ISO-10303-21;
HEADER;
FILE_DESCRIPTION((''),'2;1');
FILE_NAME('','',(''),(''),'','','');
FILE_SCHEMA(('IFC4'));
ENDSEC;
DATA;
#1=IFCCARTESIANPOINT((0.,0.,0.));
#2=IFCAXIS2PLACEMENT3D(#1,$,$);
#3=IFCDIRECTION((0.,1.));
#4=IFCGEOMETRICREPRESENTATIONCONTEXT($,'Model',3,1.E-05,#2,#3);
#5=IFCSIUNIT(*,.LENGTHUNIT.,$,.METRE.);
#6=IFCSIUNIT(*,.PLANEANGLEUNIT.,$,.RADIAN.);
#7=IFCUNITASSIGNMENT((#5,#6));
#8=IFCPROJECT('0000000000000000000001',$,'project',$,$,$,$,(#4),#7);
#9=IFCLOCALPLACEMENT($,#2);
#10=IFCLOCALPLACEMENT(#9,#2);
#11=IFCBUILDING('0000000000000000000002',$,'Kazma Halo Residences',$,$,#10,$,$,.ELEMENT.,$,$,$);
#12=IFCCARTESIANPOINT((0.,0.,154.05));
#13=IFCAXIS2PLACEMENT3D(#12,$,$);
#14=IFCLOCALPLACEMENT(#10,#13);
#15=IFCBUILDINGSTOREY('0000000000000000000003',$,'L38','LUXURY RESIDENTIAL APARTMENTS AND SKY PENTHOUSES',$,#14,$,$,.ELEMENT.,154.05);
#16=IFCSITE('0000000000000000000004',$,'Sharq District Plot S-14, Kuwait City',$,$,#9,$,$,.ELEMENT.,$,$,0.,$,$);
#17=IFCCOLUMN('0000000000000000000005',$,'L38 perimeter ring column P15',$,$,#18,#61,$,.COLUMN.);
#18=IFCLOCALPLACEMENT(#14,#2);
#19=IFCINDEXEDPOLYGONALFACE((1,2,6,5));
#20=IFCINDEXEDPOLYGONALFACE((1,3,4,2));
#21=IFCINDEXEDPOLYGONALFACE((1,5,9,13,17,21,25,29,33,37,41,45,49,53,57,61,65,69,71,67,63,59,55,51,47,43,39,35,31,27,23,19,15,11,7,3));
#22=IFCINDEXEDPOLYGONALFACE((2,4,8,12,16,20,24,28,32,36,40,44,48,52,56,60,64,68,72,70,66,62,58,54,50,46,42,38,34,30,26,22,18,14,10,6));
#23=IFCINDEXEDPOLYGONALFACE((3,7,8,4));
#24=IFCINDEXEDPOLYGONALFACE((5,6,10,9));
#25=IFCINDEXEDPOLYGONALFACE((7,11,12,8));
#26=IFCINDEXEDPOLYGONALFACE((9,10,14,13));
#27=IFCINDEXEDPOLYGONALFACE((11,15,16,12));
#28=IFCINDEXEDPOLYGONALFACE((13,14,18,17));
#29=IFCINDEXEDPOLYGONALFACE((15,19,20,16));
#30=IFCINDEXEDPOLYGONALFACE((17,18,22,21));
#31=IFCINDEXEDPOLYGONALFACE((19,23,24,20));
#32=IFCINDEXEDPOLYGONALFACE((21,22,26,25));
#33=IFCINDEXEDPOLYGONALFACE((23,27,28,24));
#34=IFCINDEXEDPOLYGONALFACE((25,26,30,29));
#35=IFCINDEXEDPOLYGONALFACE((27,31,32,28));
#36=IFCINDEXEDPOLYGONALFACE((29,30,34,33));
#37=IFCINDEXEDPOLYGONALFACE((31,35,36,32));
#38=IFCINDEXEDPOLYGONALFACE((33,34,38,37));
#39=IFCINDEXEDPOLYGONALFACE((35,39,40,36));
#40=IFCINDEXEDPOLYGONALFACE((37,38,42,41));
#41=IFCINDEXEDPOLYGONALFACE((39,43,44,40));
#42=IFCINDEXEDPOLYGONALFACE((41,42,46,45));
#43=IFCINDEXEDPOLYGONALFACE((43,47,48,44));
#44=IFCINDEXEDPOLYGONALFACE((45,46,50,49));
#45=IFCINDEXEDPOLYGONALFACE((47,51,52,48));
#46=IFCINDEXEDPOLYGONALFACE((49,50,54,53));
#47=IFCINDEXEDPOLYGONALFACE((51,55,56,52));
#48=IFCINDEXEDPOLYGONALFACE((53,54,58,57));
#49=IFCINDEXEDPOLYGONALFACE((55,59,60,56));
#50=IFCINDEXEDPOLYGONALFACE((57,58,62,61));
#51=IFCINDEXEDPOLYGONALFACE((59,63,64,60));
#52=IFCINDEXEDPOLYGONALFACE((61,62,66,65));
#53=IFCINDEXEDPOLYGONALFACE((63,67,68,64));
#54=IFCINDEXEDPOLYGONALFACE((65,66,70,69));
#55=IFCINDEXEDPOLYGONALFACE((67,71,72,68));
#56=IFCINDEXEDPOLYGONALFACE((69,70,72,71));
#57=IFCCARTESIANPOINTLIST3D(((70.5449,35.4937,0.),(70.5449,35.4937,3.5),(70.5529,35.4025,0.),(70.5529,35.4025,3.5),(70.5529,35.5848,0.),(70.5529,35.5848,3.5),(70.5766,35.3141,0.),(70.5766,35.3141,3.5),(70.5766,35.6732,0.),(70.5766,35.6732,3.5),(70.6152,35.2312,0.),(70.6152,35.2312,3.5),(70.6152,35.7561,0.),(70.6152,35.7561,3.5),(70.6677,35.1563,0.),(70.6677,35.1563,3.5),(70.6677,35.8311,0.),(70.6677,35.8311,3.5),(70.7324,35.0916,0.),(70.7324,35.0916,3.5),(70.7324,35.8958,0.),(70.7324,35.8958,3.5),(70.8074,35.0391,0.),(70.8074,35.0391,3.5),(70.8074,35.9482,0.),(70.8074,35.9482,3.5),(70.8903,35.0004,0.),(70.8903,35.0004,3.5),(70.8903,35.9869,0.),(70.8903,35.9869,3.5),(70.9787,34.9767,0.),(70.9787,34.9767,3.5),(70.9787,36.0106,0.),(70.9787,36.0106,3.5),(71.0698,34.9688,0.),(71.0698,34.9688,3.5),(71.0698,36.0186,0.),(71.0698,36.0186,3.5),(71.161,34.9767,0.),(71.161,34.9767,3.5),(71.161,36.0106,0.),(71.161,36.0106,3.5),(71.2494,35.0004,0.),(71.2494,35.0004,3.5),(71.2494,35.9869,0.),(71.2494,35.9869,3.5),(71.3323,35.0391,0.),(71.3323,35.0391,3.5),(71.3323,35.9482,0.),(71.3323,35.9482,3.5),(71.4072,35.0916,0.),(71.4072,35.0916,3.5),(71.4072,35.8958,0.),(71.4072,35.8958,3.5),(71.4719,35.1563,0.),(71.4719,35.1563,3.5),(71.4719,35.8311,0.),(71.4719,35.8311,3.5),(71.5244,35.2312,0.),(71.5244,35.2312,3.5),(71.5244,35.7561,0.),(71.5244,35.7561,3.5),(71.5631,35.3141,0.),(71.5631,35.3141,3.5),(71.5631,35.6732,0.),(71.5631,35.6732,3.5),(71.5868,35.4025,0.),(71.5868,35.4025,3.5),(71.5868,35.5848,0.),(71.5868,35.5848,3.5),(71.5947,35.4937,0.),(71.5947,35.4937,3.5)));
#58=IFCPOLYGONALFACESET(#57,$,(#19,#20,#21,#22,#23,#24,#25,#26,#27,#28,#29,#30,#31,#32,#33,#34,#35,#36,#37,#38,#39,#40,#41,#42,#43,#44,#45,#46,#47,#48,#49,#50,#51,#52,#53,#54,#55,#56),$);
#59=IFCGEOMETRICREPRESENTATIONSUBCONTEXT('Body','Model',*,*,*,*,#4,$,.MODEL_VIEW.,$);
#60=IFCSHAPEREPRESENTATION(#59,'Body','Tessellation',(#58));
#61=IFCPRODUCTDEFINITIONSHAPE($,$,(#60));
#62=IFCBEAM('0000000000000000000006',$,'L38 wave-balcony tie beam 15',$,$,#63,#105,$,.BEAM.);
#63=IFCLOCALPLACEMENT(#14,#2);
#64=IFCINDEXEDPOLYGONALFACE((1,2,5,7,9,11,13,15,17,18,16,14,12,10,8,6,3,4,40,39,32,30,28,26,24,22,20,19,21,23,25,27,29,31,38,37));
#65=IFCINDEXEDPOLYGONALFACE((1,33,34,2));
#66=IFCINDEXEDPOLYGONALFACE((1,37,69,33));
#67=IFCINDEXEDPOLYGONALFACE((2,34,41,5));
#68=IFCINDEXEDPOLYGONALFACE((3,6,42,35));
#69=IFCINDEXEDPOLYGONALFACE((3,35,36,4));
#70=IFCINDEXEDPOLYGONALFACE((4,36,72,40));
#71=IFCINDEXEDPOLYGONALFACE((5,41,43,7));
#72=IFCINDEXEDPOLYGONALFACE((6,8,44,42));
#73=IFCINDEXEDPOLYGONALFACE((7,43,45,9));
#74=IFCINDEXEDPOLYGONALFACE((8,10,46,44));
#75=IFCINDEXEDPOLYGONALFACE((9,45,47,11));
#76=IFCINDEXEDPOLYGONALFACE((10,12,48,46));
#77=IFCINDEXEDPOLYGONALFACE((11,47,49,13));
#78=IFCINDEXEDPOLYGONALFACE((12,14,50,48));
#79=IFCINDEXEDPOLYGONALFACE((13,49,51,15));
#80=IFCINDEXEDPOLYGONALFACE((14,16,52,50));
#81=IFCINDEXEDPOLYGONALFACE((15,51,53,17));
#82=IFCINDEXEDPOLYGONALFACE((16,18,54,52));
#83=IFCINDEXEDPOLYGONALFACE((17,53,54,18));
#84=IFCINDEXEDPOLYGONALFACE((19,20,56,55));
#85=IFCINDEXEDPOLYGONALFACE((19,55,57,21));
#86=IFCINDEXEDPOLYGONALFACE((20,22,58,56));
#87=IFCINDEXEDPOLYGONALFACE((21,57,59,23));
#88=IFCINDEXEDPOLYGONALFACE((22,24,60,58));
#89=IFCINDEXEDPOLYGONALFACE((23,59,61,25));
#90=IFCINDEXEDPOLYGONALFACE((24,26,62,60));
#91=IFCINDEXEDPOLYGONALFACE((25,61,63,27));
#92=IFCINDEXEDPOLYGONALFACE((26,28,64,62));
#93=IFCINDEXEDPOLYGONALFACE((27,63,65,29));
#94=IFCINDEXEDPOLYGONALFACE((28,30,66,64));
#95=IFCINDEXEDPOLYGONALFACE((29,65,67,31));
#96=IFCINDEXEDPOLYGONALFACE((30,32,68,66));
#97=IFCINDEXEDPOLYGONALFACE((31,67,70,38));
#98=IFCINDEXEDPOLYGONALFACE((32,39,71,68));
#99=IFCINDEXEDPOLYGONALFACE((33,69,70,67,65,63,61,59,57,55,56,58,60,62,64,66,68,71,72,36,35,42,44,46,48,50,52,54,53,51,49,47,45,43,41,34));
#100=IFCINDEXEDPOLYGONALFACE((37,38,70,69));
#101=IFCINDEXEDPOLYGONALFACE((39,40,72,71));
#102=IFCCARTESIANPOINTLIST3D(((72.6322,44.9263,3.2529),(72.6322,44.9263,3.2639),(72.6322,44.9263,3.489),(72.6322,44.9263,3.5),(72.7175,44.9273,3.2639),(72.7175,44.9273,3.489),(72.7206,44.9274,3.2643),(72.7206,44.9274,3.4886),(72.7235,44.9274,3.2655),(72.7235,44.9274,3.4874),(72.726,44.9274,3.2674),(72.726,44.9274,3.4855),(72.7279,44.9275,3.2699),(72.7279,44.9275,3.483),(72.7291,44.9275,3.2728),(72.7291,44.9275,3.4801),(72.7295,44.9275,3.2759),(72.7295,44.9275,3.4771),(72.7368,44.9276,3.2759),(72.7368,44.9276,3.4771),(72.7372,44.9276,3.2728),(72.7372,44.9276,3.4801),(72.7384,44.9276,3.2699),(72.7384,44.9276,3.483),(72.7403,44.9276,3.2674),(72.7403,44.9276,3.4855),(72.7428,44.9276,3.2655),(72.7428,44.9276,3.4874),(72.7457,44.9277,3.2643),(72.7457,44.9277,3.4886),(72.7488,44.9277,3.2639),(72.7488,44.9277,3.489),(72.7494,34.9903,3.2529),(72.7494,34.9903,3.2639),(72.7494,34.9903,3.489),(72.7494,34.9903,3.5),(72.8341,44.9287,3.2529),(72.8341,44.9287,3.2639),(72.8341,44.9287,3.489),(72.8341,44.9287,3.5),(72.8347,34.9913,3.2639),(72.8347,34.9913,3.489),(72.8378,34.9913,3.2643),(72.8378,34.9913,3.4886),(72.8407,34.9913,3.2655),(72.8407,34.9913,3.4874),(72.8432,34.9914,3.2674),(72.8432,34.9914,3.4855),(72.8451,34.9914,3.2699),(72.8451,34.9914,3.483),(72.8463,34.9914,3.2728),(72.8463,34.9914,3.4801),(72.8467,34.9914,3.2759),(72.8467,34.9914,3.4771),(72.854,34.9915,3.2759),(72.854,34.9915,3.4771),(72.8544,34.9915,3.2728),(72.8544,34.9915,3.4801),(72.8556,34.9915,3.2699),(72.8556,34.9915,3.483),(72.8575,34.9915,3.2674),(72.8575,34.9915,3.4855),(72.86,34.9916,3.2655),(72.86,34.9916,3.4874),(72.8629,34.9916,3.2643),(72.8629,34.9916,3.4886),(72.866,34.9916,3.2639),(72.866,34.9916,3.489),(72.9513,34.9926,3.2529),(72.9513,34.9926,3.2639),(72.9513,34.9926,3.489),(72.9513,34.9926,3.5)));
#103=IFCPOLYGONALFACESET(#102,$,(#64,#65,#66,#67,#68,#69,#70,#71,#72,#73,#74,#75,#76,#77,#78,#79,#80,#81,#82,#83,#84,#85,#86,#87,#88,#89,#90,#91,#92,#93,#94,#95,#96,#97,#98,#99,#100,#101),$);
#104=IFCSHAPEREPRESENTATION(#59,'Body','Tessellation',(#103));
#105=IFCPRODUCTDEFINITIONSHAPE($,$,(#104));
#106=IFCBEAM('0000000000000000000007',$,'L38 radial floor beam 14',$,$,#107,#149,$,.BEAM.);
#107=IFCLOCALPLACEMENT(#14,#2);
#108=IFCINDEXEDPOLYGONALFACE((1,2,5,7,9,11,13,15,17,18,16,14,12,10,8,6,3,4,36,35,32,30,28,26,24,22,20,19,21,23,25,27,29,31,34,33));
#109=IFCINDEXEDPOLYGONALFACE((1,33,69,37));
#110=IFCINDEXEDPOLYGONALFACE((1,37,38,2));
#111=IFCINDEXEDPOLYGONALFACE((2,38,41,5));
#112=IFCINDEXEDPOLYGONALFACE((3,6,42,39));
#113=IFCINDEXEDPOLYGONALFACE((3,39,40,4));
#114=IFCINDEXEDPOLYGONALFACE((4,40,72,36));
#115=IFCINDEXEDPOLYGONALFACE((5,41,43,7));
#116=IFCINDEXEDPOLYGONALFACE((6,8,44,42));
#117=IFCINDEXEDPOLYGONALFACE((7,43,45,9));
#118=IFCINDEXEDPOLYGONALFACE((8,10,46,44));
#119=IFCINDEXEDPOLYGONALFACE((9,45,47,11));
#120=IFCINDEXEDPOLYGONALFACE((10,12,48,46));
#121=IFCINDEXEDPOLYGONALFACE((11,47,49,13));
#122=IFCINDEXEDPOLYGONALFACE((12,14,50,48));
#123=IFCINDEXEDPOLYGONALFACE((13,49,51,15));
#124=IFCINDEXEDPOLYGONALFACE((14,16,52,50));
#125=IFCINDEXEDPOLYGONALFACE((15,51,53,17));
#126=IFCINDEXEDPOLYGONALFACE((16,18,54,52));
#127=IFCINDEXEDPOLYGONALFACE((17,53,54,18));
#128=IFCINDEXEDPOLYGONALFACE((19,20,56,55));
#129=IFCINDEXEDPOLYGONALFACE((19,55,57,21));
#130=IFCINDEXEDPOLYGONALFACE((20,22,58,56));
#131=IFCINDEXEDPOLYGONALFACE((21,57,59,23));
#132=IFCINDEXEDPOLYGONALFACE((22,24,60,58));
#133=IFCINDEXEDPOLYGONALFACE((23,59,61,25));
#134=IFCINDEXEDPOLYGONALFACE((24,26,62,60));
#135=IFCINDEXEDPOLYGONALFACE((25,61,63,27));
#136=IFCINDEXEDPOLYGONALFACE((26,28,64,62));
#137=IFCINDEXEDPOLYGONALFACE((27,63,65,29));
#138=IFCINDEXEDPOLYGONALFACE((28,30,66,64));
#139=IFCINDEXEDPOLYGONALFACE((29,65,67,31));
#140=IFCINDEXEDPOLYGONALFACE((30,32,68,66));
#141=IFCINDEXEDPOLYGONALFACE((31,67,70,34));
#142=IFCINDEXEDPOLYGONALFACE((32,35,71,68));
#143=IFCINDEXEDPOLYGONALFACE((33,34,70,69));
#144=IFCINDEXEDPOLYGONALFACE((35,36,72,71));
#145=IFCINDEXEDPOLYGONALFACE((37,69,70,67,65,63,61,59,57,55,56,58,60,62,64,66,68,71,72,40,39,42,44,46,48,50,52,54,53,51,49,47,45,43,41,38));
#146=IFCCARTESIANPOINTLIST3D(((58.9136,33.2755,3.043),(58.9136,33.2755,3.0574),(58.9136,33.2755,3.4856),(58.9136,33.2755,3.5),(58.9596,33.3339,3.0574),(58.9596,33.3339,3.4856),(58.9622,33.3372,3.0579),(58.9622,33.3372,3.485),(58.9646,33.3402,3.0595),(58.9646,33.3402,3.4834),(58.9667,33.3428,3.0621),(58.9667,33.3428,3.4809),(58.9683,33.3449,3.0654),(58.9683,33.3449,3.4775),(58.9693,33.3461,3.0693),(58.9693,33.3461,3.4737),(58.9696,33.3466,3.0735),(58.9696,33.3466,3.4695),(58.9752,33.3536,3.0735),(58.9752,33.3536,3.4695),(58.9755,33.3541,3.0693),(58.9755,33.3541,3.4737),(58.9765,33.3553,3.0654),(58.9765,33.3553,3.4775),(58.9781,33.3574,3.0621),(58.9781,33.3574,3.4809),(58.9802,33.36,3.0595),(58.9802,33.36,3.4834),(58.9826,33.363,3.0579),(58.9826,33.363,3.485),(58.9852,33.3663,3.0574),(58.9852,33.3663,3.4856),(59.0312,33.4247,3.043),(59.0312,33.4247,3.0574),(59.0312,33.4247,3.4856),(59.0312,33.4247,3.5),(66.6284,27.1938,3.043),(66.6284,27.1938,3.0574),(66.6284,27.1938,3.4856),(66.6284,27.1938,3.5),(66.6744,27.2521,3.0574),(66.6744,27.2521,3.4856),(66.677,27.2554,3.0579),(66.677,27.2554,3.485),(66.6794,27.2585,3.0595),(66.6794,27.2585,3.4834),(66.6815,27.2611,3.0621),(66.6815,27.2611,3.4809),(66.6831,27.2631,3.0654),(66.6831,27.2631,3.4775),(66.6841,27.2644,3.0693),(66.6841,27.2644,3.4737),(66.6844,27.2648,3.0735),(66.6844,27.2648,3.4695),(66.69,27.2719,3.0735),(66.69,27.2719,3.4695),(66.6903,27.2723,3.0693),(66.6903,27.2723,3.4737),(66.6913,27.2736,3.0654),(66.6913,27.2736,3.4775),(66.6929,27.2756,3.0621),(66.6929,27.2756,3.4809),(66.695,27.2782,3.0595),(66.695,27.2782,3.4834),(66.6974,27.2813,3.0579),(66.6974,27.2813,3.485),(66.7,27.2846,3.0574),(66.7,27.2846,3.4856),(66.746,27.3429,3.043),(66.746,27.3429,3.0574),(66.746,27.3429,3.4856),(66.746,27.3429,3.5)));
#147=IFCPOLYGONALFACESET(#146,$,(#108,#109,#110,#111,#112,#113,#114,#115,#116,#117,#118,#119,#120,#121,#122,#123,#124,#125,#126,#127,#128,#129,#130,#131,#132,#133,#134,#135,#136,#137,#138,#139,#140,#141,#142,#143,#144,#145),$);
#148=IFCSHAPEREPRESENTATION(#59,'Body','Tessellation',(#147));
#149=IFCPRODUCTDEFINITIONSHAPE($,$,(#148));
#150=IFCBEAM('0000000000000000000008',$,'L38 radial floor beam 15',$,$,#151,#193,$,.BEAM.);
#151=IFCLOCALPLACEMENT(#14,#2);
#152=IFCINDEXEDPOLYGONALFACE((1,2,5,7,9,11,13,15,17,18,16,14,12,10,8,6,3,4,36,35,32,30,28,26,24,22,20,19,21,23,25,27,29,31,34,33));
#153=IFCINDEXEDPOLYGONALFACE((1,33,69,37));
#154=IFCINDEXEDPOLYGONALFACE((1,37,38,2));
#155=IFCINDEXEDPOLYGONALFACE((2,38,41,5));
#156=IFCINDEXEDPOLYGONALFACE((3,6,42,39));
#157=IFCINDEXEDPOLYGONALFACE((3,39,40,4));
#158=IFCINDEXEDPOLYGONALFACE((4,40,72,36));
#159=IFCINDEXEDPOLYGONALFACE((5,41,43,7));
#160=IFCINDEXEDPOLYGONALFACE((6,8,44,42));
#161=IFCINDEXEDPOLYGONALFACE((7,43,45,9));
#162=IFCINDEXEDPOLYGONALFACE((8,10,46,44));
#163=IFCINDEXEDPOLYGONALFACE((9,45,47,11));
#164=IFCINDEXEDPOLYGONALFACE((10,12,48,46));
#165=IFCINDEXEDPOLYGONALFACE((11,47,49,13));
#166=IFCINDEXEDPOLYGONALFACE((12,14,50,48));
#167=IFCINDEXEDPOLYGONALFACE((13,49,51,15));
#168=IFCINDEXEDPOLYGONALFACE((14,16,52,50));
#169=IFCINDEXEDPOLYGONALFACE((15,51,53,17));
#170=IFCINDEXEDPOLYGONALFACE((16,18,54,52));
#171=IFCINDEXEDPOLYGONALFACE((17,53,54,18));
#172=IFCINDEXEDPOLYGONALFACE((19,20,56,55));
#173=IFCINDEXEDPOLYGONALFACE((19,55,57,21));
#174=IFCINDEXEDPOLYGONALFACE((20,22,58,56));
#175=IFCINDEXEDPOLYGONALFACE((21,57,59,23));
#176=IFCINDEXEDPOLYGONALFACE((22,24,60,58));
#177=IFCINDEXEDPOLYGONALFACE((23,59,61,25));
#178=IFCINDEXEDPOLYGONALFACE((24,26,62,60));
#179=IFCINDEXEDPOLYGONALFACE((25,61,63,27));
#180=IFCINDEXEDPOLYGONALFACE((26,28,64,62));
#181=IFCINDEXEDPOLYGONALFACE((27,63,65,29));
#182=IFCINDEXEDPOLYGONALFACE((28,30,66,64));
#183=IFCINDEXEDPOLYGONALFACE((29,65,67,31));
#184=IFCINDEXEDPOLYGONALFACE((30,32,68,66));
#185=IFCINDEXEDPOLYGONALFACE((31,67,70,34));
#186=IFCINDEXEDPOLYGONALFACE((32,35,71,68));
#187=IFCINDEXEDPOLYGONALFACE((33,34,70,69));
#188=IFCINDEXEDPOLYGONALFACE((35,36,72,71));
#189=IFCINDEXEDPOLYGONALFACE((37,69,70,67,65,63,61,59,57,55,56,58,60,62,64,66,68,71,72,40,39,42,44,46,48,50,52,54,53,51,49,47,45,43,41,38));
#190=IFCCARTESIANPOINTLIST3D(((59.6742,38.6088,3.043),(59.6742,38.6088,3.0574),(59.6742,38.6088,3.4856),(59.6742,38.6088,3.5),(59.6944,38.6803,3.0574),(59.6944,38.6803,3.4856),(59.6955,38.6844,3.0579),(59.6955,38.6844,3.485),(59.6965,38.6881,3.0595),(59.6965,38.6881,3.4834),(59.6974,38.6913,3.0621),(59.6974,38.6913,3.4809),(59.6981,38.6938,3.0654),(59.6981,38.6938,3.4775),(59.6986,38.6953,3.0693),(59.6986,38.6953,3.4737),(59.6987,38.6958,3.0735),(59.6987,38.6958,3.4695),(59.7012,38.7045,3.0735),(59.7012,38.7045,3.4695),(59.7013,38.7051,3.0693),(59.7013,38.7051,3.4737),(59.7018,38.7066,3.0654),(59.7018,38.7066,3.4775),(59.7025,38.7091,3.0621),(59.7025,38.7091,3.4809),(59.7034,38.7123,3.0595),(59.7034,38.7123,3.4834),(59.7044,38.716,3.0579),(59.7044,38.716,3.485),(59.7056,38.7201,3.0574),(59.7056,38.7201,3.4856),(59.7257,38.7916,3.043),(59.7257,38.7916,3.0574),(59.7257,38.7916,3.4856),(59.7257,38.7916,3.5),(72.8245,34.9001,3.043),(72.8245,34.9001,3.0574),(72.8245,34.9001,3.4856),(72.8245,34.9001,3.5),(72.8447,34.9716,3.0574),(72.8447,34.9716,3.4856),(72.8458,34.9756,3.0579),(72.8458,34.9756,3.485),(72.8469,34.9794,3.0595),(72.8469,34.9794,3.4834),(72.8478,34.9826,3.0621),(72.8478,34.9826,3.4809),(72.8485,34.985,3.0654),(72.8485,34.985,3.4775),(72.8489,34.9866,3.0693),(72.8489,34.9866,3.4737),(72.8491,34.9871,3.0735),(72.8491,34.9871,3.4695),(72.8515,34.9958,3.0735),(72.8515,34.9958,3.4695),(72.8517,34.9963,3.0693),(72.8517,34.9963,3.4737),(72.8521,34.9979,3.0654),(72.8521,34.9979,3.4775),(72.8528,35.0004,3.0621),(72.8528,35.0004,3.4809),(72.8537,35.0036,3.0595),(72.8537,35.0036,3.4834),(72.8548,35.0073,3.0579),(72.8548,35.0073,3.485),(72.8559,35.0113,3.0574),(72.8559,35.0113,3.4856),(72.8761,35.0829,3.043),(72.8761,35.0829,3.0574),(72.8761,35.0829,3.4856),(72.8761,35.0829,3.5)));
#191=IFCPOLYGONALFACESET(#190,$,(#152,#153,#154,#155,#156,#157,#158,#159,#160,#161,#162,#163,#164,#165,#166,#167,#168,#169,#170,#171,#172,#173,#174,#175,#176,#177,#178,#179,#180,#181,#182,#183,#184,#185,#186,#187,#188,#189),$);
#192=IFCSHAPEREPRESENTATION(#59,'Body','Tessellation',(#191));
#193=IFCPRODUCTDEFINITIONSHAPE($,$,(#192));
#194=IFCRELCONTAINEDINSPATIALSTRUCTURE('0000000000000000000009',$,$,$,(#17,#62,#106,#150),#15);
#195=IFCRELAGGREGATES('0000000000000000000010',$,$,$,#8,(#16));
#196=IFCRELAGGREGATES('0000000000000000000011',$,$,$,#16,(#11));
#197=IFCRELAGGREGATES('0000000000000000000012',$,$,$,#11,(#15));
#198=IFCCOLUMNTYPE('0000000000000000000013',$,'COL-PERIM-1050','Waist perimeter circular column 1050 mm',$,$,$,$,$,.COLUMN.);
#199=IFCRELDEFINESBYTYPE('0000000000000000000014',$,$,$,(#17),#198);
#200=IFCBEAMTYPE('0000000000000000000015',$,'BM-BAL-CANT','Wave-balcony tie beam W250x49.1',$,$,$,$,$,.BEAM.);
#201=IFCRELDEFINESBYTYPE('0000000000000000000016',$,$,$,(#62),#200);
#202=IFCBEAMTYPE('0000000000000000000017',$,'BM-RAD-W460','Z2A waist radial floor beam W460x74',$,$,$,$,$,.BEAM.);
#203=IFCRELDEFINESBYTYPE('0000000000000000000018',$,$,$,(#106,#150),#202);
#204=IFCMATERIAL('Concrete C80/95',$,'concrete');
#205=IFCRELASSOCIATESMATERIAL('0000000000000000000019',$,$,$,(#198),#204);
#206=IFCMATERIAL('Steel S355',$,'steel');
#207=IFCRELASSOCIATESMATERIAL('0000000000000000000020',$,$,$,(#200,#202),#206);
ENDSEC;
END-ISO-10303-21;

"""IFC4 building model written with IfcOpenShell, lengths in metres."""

from ifc_helpers import new_model, si_unit, direction, frame, origin, origin_2d, place, context, subcontext, project, spatial, circle, i_section, extrude, material, material_profile, profile_set, type_object, element, save


model = new_model("IFC4")

# Units and contexts
model_context = context("Model", 3, precision=1e-05, world=origin(), true_north=direction((0.0, 1.0)))
body_context = subcontext(model_context, "Body", "Model", "MODEL_VIEW")
ifc_project = project(units=[si_unit("LENGTHUNIT", "METRE"), si_unit("PLANEANGLEUNIT", "RADIAN")], contexts=[model_context])

# Site, building, storey
site_placement = place(None, origin())
site = spatial("IfcSite", under=ifc_project, at=site_placement, Name="Sharq District Plot S-14, Kuwait City", CompositionType="ELEMENT", RefElevation=0.0)
building_placement = place(site_placement, origin())
building = spatial("IfcBuilding", under=site, at=building_placement, Name="Kazma Halo Residences", CompositionType="ELEMENT")
storey_placement = place(building_placement, frame((0.0, 0.0, 154.05)))
storey = spatial("IfcBuildingStorey", under=building, at=storey_placement, Name="L38", Description="LUXURY RESIDENTIAL APARTMENTS AND SKY PENTHOUSES", CompositionType="ELEMENT", Elevation=154.05)

# Column
ifc_material_1 = material(Name="Concrete C80/95", Category="concrete")
ifc_material_profile_1 = material_profile(ifc_material_1, circle(Radius=0.5249, at=origin_2d()), Name="CIRC1050")
ifc_profile_set_1 = profile_set([ifc_material_profile_1], Name="Concrete C80/95")
column_type = type_object("IfcColumnType", Name="COL-PERIM-1050", Description="Waist perimeter circular column 1050 mm", PredefinedType="COLUMN", material=ifc_profile_set_1)
column_placement = place(storey_placement, frame((71.0698, 35.4937, 0.0), z_axis=(0.0, 0.0, 1.0), x_axis=(1.0, 0.0, 0.0)))
element("IfcColumn", 1, at=column_placement, inside=storey, type_object=column_type, Name="L38 perimeter ring column P15", PredefinedType="COLUMN", context=body_context, shape_type="SweptSolid", body=[
    extrude(circle(Radius=0.5249, at=origin_2d()), origin(), (0.0, 0.0, 1.0), 3.5),
])

# Beams
ifc_material_2 = material(Name="Steel S355", Category="steel")
ifc_material_profile_2 = material_profile(ifc_material_2, i_section(OverallWidth=0.2019, OverallDepth=0.2471, WebThickness=0.0073, FlangeThickness=0.011, FilletRadius=0.012, at=origin_2d()), Name="W250x49.1")
ifc_profile_set_2 = profile_set([ifc_material_profile_2], Name="Steel S355")
beam_type_1 = type_object("IfcBeamType", Name="BM-BAL-CANT", Description="Wave-balcony tie beam W250x49.1", PredefinedType="BEAM", material=ifc_profile_set_2)
beam_1_placement = place(storey_placement, frame((72.8503, 34.9915, 3.3765), z_axis=(-0.011793, 0.99993, 0.0), x_axis=(-0.99993, -0.011793, 0.0)))
element("IfcBeam", 2, at=beam_1_placement, inside=storey, type_object=beam_type_1, Name="L38 wave-balcony tie beam 15", PredefinedType="BEAM", context=body_context, shape_type="SweptSolid", body=[
    extrude(i_section(OverallWidth=0.2019, OverallDepth=0.2471, WebThickness=0.0073, FlangeThickness=0.011, FilletRadius=0.012, at=origin_2d()), origin(), (0.0, 0.0, 1.0), 9.9368),
])
ifc_material_profile_3 = material_profile(ifc_material_2, i_section(OverallWidth=0.1899, OverallDepth=0.457, WebThickness=0.009, FlangeThickness=0.0144, FilletRadius=0.0161, at=origin_2d()), Name="W460x74")
ifc_profile_set_3 = profile_set([ifc_material_profile_3], Name="Steel S355")
beam_type_2 = type_object("IfcBeamType", Name="BM-RAD-W460", Description="Z2A waist radial floor beam W460x74", PredefinedType="BEAM", material=ifc_profile_set_3)
beam_2_placement = place(storey_placement, frame((58.9724, 33.3501, 3.2715), z_axis=(0.785322, -0.619087, 0.0), x_axis=(0.619087, 0.785322, 0.0)))
element("IfcBeam", 3, at=beam_2_placement, inside=storey, type_object=beam_type_2, Name="L38 radial floor beam 14", PredefinedType="BEAM", context=body_context, shape_type="SweptSolid", body=[
    extrude(i_section(OverallWidth=0.1899, OverallDepth=0.457, WebThickness=0.009, FlangeThickness=0.0144, FilletRadius=0.0161, at=origin_2d()), origin(), (0.0, 0.0, 1.0), 9.8237),
])
beam_3_placement = place(storey_placement, frame((59.7, 38.7002, 3.2715), z_axis=(0.962456, -0.271437, 0.0), x_axis=(0.271437, 0.962456, 0.0)))
element("IfcBeam", 4, at=beam_3_placement, inside=storey, type_object=beam_type_2, Name="L38 radial floor beam 15", PredefinedType="BEAM", context=body_context, shape_type="SweptSolid", body=[
    extrude(i_section(OverallWidth=0.1899, OverallDepth=0.457, WebThickness=0.009, FlangeThickness=0.0144, FilletRadius=0.0161, at=origin_2d()), origin(), (0.0, 0.0, 1.0), 13.6633),
])

save(model, "model.ifc")
